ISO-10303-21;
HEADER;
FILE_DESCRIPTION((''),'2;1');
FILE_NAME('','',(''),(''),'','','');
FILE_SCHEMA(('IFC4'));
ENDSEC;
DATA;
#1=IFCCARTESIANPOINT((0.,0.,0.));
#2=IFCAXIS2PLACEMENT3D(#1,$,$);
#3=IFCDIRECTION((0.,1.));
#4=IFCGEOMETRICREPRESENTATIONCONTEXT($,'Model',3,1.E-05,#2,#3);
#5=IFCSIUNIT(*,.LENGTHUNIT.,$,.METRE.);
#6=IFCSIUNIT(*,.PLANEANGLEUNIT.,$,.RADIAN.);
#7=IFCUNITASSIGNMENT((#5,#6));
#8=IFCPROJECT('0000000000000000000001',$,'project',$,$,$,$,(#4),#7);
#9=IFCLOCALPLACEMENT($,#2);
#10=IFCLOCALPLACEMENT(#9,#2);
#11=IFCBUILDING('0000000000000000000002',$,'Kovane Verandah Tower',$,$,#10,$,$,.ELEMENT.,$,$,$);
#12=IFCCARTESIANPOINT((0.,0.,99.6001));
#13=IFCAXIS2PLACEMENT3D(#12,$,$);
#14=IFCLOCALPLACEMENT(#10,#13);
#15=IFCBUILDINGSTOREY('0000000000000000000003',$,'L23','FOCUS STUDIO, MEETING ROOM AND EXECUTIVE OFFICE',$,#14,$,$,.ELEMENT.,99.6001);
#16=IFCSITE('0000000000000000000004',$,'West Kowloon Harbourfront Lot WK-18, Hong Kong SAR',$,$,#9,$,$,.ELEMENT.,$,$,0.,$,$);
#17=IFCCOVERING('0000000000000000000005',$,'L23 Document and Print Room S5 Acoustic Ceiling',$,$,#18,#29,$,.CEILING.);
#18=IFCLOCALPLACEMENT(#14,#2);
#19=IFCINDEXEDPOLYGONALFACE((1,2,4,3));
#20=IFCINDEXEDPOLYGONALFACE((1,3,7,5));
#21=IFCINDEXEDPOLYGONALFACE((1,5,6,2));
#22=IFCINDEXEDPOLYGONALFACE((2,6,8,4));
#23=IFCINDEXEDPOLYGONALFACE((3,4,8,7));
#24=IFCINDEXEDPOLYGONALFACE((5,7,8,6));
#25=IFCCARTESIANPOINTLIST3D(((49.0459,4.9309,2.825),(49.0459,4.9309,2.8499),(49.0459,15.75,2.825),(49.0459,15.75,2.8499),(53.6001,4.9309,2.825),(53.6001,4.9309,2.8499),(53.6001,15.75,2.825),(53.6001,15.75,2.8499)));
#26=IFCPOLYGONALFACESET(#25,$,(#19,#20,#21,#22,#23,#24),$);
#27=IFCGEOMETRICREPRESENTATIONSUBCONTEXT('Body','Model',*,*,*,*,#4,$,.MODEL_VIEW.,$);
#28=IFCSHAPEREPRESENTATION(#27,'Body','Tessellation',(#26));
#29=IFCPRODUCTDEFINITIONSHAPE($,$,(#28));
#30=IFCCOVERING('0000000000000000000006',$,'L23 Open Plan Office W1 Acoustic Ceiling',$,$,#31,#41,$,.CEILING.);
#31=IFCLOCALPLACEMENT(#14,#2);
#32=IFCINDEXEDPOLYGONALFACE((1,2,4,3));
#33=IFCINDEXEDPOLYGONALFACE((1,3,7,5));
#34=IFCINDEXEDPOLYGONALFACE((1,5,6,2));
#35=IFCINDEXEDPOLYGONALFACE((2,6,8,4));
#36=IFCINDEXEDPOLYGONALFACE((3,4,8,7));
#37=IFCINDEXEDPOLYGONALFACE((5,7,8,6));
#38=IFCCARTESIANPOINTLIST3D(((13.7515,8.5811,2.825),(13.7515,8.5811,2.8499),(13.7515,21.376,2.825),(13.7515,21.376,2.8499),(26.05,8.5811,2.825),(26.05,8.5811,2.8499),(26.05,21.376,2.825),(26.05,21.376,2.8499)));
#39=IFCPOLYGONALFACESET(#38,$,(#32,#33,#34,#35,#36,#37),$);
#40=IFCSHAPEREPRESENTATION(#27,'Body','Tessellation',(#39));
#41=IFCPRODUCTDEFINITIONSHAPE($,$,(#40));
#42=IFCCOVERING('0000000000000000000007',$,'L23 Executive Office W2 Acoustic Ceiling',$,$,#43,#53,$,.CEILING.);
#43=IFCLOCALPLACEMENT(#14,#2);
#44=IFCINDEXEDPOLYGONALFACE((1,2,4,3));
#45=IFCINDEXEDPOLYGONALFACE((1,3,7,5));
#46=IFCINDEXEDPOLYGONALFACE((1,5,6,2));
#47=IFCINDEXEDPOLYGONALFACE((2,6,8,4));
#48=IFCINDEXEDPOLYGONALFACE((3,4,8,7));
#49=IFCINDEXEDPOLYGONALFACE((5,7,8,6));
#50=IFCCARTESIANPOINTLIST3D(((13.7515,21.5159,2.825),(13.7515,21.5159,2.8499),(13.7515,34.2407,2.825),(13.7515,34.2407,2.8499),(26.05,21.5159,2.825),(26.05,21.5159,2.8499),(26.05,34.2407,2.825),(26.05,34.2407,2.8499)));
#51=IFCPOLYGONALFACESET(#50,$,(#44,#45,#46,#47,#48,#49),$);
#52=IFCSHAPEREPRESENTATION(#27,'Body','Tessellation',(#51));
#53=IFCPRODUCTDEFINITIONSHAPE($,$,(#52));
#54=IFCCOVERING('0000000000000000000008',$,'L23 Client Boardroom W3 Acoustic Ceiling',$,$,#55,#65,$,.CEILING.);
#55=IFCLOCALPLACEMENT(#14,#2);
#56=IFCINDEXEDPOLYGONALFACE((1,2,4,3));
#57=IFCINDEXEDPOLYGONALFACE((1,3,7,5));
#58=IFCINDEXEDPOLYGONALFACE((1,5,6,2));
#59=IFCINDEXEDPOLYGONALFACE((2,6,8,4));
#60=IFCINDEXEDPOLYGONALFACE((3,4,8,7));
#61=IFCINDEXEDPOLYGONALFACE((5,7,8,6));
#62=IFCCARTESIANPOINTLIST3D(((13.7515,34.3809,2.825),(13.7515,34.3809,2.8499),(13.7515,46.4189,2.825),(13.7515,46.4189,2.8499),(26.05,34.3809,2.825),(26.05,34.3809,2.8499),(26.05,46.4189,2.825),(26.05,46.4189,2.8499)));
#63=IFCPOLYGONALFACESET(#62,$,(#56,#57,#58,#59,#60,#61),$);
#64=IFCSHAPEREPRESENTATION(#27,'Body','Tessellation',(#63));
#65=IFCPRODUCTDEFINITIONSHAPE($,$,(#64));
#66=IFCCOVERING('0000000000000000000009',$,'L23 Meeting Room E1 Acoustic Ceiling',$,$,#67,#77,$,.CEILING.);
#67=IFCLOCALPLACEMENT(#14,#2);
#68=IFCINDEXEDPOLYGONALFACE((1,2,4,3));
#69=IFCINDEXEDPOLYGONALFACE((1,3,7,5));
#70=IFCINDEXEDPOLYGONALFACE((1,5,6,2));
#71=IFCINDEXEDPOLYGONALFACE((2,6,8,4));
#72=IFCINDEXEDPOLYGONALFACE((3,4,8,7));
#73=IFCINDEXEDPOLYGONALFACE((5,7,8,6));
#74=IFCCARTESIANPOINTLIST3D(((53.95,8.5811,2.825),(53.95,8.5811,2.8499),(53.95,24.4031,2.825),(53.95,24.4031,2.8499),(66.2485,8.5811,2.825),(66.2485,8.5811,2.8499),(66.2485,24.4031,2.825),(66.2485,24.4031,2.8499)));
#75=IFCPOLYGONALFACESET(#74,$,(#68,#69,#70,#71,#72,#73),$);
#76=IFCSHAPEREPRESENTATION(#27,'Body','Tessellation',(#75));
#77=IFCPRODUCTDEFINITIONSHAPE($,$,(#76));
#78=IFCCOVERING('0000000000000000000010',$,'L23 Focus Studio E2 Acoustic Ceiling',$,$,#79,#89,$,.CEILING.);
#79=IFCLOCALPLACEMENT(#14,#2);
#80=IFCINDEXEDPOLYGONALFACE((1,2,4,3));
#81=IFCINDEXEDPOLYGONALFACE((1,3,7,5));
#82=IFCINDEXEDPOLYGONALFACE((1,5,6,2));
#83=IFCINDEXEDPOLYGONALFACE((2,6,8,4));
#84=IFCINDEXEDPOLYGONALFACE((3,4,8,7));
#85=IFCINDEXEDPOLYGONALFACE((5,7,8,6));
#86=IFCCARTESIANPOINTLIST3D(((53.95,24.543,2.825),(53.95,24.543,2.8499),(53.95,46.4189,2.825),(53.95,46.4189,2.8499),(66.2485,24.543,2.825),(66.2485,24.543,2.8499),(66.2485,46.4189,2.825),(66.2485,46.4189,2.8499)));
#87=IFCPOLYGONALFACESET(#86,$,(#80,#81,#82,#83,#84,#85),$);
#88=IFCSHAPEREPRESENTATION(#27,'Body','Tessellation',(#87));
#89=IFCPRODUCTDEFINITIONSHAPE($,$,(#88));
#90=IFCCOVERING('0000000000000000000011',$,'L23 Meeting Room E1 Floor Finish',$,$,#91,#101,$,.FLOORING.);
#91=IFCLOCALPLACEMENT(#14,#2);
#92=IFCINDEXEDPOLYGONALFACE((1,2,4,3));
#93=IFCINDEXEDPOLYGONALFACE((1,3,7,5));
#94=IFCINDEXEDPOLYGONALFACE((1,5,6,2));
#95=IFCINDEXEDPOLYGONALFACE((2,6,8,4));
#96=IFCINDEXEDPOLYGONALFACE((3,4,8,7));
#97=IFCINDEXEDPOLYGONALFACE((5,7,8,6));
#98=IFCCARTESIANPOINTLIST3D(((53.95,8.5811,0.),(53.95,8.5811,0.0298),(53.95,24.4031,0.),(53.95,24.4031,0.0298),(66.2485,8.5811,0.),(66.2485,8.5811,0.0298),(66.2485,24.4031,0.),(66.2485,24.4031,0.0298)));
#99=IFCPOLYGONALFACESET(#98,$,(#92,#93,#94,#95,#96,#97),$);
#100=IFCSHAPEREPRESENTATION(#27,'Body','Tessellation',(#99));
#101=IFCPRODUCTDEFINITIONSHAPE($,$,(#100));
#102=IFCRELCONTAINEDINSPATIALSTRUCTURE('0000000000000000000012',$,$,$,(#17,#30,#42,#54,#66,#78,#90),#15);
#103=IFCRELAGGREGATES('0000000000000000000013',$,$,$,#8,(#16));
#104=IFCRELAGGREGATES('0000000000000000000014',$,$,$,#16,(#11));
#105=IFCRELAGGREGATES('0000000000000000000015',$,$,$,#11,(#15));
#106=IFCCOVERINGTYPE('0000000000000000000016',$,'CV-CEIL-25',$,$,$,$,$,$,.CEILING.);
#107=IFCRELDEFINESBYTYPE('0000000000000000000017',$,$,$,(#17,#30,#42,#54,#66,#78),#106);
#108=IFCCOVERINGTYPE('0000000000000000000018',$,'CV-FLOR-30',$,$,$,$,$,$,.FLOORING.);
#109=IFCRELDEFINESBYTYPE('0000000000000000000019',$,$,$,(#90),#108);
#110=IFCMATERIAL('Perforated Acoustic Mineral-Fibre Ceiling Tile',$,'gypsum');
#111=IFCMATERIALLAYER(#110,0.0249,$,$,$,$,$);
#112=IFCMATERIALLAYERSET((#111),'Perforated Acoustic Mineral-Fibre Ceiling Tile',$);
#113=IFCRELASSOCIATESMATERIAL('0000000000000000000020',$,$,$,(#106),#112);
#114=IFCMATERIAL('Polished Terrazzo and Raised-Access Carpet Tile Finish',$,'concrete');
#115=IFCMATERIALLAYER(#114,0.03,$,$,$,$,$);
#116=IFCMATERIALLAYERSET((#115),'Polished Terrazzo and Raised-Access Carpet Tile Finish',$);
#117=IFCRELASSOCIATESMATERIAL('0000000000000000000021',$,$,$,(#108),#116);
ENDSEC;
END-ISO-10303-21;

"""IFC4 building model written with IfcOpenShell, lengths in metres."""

from ifc_helpers import new_model, si_unit, direction, frame, origin, place, context, subcontext, project, spatial, polyline, outline, extrude, material, layer, layer_set, type_object, element, save


model = new_model("IFC4")

# Units and contexts
model_context = context("Model", 3, precision=1e-05, world=origin(), true_north=direction((0.0, 1.0)))
body_context = subcontext(model_context, "Body", "Model", "MODEL_VIEW")
ifc_project = project(units=[si_unit("LENGTHUNIT", "METRE"), si_unit("PLANEANGLEUNIT", "RADIAN")], contexts=[model_context])

# Site, building, storey
site_placement = place(None, origin())
site = spatial("IfcSite", under=ifc_project, at=site_placement, Name="West Kowloon Harbourfront Lot WK-18, Hong Kong SAR", CompositionType="ELEMENT", RefElevation=0.0)
building_placement = place(site_placement, origin())
building = spatial("IfcBuilding", under=site, at=building_placement, Name="Kovane Verandah Tower", CompositionType="ELEMENT")
storey_placement = place(building_placement, frame((0.0, 0.0, 99.6001)))
storey = spatial("IfcBuildingStorey", under=building, at=storey_placement, Name="L23", Description="FOCUS STUDIO, MEETING ROOM AND EXECUTIVE OFFICE", CompositionType="ELEMENT", Elevation=99.6001)

# Coverings
ifc_material_1 = material(Name="Perforated Acoustic Mineral-Fibre Ceiling Tile", Category="gypsum")
ifc_layer_1 = layer(ifc_material_1, 0.0249)
ifc_layer_set_1 = layer_set([ifc_layer_1], Name="Perforated Acoustic Mineral-Fibre Ceiling Tile")
covering_type_1 = type_object("IfcCoveringType", Name="CV-CEIL-25", PredefinedType="CEILING", material=ifc_layer_set_1)
covering_1_placement = place(storey_placement, frame((0.0, 0.0, 2.825)))
element("IfcCovering", 1, at=covering_1_placement, inside=storey, type_object=covering_type_1, Name="L23 Document and Print Room S5 Acoustic Ceiling", PredefinedType="CEILING", context=body_context, shape_type="SweptSolid", body=[
    extrude(outline(polyline([(49.0459, 4.9309), (53.6001, 4.9309), (53.6001, 15.75), (49.0459, 15.75), (49.0459, 4.9309)])), origin(), (0.0, 0.0, 1.0), 0.0249),
])
covering_2_placement = place(storey_placement, frame((0.0, 0.0, 2.825)))
element("IfcCovering", 2, at=covering_2_placement, inside=storey, type_object=covering_type_1, Name="L23 Open Plan Office W1 Acoustic Ceiling", PredefinedType="CEILING", context=body_context, shape_type="SweptSolid", body=[
    extrude(outline(polyline([(13.7515, 8.5811), (26.05, 8.5811), (26.05, 21.376), (13.7515, 21.376), (13.7515, 8.5811)])), origin(), (0.0, 0.0, 1.0), 0.0249),
])
covering_3_placement = place(storey_placement, frame((0.0, 0.0, 2.825)))
element("IfcCovering", 3, at=covering_3_placement, inside=storey, type_object=covering_type_1, Name="L23 Executive Office W2 Acoustic Ceiling", PredefinedType="CEILING", context=body_context, shape_type="SweptSolid", body=[
    extrude(outline(polyline([(13.7515, 21.5159), (26.05, 21.5159), (26.05, 34.2407), (13.7515, 34.2407), (13.7515, 21.5159)])), origin(), (0.0, 0.0, 1.0), 0.0249),
])
covering_4_placement = place(storey_placement, frame((0.0, 0.0, 2.825)))
element("IfcCovering", 4, at=covering_4_placement, inside=storey, type_object=covering_type_1, Name="L23 Client Boardroom W3 Acoustic Ceiling", PredefinedType="CEILING", context=body_context, shape_type="SweptSolid", body=[
    extrude(outline(polyline([(13.7515, 34.3809), (26.05, 34.3809), (26.05, 46.4189), (13.7515, 46.4189), (13.7515, 34.3809)])), origin(), (0.0, 0.0, 1.0), 0.0249),
])
covering_5_placement = place(storey_placement, frame((0.0, 0.0, 2.825)))
element("IfcCovering", 5, at=covering_5_placement, inside=storey, type_object=covering_type_1, Name="L23 Meeting Room E1 Acoustic Ceiling", PredefinedType="CEILING", context=body_context, shape_type="SweptSolid", body=[
    extrude(outline(polyline([(53.95, 8.5811), (66.2485, 8.5811), (66.2485, 24.4031), (53.95, 24.4031), (53.95, 8.5811)])), origin(), (0.0, 0.0, 1.0), 0.0249),
])
covering_6_placement = place(storey_placement, frame((0.0, 0.0, 2.825)))
element("IfcCovering", 6, at=covering_6_placement, inside=storey, type_object=covering_type_1, Name="L23 Focus Studio E2 Acoustic Ceiling", PredefinedType="CEILING", context=body_context, shape_type="SweptSolid", body=[
    extrude(outline(polyline([(53.95, 24.543), (66.2485, 24.543), (66.2485, 46.4189), (53.95, 46.4189), (53.95, 24.543)])), origin(), (0.0, 0.0, 1.0), 0.0249),
])
ifc_material_2 = material(Name="Polished Terrazzo and Raised-Access Carpet Tile Finish", Category="concrete")
ifc_layer_2 = layer(ifc_material_2, 0.03)
ifc_layer_set_2 = layer_set([ifc_layer_2], Name="Polished Terrazzo and Raised-Access Carpet Tile Finish")
covering_type_2 = type_object("IfcCoveringType", Name="CV-FLOR-30", PredefinedType="FLOORING", material=ifc_layer_set_2)
covering_7_placement = place(storey_placement, origin())
element("IfcCovering", 7, at=covering_7_placement, inside=storey, type_object=covering_type_2, Name="L23 Meeting Room E1 Floor Finish", PredefinedType="FLOORING", context=body_context, shape_type="SweptSolid", body=[
    extrude(outline(polyline([(53.95, 8.5811), (66.2485, 8.5811), (66.2485, 24.4031), (53.95, 24.4031), (53.95, 8.5811)])), origin(), (0.0, 0.0, 1.0), 0.0298),
])

save(model, "model.ifc")
